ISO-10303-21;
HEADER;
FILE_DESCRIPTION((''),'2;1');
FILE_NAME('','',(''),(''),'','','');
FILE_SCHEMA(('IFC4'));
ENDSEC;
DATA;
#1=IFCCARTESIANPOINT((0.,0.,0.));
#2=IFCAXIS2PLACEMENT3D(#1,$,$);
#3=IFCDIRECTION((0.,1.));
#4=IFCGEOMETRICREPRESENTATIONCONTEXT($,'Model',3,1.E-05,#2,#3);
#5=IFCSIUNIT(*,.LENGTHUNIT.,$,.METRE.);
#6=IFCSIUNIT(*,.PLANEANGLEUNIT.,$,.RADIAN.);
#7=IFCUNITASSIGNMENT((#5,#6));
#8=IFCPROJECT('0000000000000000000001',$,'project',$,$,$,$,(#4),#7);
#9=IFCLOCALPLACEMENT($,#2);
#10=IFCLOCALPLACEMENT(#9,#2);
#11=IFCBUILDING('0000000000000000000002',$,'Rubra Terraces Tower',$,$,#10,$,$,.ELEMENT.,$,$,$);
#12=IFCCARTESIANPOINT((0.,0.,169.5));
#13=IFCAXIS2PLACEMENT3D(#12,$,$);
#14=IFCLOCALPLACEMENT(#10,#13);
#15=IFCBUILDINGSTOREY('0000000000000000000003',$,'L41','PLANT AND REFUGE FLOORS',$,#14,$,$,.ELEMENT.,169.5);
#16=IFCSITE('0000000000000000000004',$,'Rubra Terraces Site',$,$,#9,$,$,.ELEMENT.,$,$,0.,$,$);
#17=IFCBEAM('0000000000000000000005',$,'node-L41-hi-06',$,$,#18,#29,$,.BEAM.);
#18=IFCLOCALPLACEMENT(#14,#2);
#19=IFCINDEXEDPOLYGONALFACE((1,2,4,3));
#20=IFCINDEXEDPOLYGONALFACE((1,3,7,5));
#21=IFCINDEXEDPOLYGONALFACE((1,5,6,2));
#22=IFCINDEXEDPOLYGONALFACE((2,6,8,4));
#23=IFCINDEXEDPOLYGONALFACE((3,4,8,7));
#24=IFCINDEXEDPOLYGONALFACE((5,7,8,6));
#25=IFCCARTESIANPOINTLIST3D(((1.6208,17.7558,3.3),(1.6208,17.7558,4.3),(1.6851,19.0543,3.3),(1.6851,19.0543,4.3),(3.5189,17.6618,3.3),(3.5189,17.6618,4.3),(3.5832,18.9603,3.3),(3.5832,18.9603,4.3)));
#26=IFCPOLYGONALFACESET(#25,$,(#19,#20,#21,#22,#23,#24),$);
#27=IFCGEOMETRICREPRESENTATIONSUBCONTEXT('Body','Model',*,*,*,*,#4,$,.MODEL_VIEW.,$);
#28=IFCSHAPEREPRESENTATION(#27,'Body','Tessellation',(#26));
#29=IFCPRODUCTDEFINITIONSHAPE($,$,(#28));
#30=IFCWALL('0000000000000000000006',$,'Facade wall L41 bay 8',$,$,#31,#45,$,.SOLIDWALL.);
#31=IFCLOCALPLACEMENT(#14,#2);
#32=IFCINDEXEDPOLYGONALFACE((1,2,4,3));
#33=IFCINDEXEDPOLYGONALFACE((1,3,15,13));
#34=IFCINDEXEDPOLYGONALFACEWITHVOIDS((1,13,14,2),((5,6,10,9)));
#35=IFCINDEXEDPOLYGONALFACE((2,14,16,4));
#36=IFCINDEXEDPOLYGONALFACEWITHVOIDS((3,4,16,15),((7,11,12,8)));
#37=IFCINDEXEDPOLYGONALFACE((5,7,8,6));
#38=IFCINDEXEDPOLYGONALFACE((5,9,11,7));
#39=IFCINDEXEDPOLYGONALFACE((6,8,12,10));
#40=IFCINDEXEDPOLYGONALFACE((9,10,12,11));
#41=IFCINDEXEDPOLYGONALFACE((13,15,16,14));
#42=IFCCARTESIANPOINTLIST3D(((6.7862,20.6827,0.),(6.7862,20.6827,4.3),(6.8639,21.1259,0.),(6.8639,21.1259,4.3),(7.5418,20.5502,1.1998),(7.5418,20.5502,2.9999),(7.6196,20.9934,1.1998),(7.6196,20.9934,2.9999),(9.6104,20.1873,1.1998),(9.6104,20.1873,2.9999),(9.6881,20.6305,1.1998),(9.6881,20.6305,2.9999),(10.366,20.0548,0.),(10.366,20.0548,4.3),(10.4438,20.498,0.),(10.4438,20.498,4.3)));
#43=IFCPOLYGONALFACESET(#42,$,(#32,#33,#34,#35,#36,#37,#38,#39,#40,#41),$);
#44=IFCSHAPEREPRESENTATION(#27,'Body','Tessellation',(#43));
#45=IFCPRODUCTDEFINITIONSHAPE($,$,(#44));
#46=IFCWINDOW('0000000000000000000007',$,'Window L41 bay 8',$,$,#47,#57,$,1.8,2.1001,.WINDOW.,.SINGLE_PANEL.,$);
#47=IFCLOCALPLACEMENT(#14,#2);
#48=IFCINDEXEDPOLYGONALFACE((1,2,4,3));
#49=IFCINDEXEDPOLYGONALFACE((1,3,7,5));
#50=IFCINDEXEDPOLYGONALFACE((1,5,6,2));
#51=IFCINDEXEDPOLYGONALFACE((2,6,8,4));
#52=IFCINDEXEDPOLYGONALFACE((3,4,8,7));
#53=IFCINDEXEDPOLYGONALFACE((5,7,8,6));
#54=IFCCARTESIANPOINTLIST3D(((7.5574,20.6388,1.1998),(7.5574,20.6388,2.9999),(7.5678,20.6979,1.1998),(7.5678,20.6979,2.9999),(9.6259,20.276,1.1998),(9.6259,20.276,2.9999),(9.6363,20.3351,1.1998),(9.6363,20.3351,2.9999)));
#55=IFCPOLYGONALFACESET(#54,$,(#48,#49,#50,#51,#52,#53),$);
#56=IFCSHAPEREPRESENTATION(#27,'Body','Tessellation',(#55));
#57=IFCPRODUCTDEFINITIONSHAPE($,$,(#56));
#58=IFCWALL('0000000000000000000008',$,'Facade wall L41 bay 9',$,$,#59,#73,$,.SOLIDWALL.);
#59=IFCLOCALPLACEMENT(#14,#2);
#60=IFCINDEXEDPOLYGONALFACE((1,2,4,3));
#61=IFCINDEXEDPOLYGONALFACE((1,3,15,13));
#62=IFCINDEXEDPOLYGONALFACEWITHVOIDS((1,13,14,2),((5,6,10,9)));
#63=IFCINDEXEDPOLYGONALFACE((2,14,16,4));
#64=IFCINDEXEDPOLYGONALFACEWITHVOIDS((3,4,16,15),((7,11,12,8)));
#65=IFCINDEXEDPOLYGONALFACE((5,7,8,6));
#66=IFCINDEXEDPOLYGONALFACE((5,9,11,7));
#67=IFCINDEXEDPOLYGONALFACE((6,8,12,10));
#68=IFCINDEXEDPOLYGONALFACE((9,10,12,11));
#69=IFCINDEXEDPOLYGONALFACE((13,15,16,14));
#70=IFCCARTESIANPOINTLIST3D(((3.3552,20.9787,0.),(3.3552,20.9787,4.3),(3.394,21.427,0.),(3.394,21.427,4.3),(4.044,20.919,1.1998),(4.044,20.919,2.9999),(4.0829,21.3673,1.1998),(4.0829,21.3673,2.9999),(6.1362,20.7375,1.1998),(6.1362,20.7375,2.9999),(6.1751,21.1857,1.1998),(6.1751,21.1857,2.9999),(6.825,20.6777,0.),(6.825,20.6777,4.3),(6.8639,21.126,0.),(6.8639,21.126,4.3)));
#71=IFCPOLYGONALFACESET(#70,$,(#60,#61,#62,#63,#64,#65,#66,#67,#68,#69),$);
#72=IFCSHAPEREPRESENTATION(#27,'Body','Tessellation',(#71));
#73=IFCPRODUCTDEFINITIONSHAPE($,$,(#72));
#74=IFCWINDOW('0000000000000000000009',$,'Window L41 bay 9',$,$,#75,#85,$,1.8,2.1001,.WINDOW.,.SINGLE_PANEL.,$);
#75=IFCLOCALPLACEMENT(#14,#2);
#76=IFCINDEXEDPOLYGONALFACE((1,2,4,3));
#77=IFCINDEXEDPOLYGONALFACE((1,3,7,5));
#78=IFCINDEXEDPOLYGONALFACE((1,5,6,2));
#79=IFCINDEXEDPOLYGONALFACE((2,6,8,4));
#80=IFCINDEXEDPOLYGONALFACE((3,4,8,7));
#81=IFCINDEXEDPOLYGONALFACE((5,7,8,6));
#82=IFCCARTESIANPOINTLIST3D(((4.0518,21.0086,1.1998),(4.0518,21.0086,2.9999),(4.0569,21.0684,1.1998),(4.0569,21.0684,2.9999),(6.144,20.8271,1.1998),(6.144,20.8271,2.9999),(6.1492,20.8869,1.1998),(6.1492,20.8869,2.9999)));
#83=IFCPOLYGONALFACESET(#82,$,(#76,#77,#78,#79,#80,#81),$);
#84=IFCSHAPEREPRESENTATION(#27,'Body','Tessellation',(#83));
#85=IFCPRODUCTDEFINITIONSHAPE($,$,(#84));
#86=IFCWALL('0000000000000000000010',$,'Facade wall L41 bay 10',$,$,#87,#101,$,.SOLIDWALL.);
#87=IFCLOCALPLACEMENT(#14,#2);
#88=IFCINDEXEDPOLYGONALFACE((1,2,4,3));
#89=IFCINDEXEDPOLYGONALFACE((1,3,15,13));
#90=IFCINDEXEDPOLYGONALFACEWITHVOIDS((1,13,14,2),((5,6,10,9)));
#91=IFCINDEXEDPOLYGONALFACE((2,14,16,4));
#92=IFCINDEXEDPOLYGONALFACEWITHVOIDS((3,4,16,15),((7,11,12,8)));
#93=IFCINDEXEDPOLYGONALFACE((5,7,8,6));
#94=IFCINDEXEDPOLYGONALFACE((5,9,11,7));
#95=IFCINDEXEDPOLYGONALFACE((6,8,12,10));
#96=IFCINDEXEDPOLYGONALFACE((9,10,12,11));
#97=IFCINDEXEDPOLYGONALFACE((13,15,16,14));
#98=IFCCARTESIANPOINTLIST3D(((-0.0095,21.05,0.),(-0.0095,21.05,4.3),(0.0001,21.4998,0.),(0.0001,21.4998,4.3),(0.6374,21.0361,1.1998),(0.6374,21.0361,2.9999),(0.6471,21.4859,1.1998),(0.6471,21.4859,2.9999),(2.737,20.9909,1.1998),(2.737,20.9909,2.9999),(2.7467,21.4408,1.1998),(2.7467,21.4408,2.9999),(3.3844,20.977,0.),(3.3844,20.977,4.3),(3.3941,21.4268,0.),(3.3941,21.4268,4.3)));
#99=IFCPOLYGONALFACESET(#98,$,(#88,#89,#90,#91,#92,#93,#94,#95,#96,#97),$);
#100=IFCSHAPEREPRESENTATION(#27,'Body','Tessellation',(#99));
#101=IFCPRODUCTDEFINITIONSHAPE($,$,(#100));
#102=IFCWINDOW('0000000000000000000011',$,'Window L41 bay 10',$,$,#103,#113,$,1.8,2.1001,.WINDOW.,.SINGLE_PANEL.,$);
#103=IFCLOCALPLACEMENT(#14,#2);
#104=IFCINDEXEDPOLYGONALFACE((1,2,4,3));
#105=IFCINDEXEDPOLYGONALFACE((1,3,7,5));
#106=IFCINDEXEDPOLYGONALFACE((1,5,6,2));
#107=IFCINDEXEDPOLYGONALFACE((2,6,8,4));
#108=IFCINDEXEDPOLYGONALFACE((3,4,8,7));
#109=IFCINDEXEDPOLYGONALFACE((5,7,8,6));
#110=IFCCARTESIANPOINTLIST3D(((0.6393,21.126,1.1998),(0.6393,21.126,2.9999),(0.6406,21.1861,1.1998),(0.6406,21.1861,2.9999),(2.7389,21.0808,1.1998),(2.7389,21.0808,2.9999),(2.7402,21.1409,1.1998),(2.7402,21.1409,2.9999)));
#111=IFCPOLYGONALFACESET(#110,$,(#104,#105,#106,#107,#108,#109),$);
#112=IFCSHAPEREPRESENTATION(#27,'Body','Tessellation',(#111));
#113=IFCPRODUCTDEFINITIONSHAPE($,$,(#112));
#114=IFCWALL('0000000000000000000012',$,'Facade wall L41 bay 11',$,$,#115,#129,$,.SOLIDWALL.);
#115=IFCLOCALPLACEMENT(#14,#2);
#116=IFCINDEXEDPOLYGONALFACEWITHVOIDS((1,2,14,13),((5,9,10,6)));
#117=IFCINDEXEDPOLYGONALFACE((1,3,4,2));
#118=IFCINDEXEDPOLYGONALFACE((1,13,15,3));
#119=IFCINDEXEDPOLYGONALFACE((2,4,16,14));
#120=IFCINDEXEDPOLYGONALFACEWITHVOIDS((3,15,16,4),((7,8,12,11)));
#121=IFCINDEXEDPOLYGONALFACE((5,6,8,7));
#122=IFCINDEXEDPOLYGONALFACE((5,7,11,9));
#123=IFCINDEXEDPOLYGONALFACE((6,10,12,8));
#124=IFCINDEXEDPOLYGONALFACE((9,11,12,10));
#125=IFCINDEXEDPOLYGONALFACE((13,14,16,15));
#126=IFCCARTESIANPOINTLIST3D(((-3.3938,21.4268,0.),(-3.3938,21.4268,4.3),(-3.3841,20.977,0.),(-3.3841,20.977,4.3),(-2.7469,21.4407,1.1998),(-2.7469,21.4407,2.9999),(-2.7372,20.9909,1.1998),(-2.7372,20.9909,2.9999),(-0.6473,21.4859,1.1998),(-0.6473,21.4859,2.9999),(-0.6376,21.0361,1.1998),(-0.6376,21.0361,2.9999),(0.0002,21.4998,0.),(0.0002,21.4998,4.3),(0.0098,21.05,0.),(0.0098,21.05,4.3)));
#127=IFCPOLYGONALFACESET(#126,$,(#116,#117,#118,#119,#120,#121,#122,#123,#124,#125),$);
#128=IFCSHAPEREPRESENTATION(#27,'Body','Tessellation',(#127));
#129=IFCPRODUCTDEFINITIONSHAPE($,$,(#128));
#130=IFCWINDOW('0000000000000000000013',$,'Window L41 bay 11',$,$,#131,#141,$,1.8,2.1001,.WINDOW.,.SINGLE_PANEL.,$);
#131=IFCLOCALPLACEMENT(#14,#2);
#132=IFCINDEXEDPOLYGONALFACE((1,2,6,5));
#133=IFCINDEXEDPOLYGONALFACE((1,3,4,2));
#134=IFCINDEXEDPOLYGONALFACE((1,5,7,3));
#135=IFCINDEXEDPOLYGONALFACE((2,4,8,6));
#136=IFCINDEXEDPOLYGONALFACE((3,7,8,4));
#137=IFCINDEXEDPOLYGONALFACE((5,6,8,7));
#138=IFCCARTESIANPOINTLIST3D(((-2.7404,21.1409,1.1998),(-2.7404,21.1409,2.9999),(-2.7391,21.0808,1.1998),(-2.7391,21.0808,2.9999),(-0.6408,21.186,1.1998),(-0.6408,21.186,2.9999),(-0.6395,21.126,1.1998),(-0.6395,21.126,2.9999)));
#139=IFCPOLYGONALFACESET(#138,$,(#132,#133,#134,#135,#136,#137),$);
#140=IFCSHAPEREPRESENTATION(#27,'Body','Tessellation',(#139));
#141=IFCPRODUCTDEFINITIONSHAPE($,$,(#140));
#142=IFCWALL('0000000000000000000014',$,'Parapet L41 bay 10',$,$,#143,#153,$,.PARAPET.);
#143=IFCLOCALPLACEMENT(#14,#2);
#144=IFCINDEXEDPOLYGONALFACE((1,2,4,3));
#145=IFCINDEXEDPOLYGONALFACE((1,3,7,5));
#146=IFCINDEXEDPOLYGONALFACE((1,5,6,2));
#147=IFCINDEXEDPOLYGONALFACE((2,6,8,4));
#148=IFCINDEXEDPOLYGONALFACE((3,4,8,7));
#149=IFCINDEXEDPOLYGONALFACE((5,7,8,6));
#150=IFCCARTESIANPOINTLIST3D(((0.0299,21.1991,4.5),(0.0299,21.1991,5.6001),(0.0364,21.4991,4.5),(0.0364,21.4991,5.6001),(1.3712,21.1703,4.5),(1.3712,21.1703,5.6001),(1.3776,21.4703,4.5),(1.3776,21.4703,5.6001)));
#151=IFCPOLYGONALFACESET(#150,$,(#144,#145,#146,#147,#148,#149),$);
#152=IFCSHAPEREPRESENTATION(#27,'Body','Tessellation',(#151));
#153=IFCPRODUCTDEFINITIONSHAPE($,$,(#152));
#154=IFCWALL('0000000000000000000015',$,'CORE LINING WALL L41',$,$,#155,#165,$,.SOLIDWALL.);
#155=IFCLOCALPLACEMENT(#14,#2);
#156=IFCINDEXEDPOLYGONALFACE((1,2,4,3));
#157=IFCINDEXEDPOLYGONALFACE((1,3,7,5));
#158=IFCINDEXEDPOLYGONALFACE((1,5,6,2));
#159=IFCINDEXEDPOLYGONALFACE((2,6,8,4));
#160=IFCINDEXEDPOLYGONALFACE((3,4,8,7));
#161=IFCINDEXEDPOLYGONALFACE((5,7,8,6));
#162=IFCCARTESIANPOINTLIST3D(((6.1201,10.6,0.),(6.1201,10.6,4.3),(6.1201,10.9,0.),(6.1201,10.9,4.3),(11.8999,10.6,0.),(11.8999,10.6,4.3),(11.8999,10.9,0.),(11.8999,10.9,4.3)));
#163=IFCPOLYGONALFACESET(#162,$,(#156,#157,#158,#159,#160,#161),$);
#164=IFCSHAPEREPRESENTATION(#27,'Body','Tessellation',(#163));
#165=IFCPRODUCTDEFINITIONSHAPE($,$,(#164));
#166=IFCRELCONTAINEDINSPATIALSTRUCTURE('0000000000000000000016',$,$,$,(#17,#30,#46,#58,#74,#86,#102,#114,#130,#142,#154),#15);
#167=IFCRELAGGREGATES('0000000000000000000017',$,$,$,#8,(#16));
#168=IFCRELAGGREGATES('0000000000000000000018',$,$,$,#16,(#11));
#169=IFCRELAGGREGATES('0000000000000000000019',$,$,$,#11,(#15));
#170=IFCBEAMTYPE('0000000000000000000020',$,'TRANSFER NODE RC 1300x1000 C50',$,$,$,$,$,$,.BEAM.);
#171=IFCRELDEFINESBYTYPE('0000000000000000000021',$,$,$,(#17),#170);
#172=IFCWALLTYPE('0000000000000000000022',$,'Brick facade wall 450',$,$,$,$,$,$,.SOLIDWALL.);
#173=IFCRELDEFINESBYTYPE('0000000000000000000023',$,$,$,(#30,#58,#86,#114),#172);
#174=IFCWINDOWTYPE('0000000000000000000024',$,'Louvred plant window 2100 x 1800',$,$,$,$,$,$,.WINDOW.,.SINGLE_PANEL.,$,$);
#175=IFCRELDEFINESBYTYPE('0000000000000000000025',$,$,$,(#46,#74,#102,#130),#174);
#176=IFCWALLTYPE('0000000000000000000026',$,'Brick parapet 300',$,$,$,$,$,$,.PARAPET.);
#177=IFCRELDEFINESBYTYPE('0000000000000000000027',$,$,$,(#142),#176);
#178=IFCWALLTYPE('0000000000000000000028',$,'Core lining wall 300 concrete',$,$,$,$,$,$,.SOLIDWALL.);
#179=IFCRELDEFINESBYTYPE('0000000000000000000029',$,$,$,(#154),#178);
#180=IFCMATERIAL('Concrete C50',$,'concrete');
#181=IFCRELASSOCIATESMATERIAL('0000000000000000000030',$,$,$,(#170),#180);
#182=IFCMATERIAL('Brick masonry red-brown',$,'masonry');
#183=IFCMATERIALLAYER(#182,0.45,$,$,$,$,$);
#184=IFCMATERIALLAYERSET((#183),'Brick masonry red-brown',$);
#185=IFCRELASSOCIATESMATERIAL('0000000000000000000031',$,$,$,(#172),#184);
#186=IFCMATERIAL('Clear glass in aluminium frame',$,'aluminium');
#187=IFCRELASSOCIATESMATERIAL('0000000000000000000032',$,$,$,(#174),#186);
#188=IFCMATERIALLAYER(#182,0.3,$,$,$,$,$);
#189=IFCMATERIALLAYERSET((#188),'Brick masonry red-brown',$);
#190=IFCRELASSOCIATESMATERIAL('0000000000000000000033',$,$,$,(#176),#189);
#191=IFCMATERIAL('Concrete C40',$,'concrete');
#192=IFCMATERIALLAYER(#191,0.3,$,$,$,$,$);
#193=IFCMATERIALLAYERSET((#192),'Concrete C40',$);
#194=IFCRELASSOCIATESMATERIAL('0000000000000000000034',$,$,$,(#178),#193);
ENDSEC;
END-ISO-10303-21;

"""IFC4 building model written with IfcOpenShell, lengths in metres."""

from ifc_helpers import new_model, si_unit, direction, frame, frame_2d, origin, origin_2d, place, context, subcontext, project, spatial, rectangle, extrude, material, layer, layer_set, material_profile, profile_set, type_object, element, fill, save


model = new_model("IFC4")

# Units and contexts
model_context = context("Model", 3, precision=1e-05, world=origin(), true_north=direction((0.0, 1.0)))
body_context = subcontext(model_context, "Body", "Model", "MODEL_VIEW")
ifc_project = project(units=[si_unit("LENGTHUNIT", "METRE"), si_unit("PLANEANGLEUNIT", "RADIAN")], contexts=[model_context])

# Site, building, storey
site_placement = place(None, origin())
site = spatial("IfcSite", under=ifc_project, at=site_placement, Name="Rubra Terraces Site", CompositionType="ELEMENT", RefElevation=0.0)
building_placement = place(site_placement, origin())
building = spatial("IfcBuilding", under=site, at=building_placement, Name="Rubra Terraces Tower", CompositionType="ELEMENT")
storey_placement = place(building_placement, frame((0.0, 0.0, 169.5)))
storey = spatial("IfcBuildingStorey", under=building, at=storey_placement, Name="L41", Description="PLANT AND REFUGE FLOORS", CompositionType="ELEMENT", Elevation=169.5)

# Shared definitions
ifc_material_1 = material(Name="Concrete C50", Category="concrete")

# Beam
ifc_material_profile_1 = material_profile(ifc_material_1, rectangle(XDim=1.3, YDim=1.0, at=origin_2d()), Name="RC 1300x1000")
ifc_profile_set_1 = profile_set([ifc_material_profile_1], Name="Concrete C50")
beam_type_1 = type_object("IfcBeamType", Name="TRANSFER NODE RC 1300x1000 C50", PredefinedType="BEAM", material=ifc_profile_set_1)
beam_1_placement = place(storey_placement, frame((3.551, 18.311, 3.8), z_axis=(-0.998776, 0.049463, 0.0), x_axis=(-0.049463, -0.998776, 0.0)))
element("IfcBeam", 1, at=beam_1_placement, inside=storey, type_object=beam_type_1, Name="node-L41-hi-06", PredefinedType="BEAM", context=body_context, shape_type="SweptSolid", body=[
    extrude(rectangle(XDim=1.3, YDim=1.0, at=origin_2d()), origin(), (0.0, 0.0, 1.0), 1.9004),
])

# Walls, openings, windows
ifc_material_2 = material(Name="Brick masonry red-brown", Category="masonry")
ifc_layer_1 = layer(ifc_material_2, 0.45)
ifc_layer_set_1 = layer_set([ifc_layer_1], Name="Brick masonry red-brown")
wall_type_1 = type_object("IfcWallType", Name="Brick facade wall 450", PredefinedType="SOLIDWALL", material=ifc_layer_set_1)
wall_1_placement = place(storey_placement, frame((10.405, 20.2764, 0.0), z_axis=(0.0, 0.0, 1.0), x_axis=(-0.984962, 0.17277, 0.0)))
wall_1 = element("IfcWall", 2, at=wall_1_placement, inside=storey, type_object=wall_type_1, Name="Facade wall L41 bay 8", PredefinedType="SOLIDWALL", context=body_context, shape_type="SweptSolid", body=[
    extrude(rectangle(XDim=3.6345, YDim=0.45, at=frame_2d((1.8174, 0.0))), origin(), (0.0, 0.0, 1.0), 4.3),
])
opening_1_placement = place(wall_1_placement, frame((0.7673, 0.0, 1.2)))
opening_1 = element("IfcOpeningElement", 3, at=opening_1_placement, cuts=wall_1, PredefinedType="OPENING", context=body_context, shape_type="SweptSolid", body=[
    extrude(rectangle(XDim=2.1001, YDim=1.8, at=frame_2d((1.05, 0.8999))), frame((0.0, 0.2349, 0.0), z_axis=(0.0, -1.0, 0.0), x_axis=(1.0, 0.0, 0.0)), (0.0, 0.0, 1.0), 0.47),
])
ifc_material_3 = material(Name="Clear glass in aluminium frame", Category="aluminium")
window_type = type_object("IfcWindowType", Name="Louvred plant window 2100 x 1800", PartitioningType="SINGLE_PANEL", PredefinedType="WINDOW", material=ifc_material_3)
window_1_placement = place(opening_1_placement, origin())
window_1 = element("IfcWindow", 4, at=window_1_placement, inside=storey, type_object=window_type, Name="Window L41 bay 8", OverallHeight=1.8, OverallWidth=2.1001, PartitioningType="SINGLE_PANEL", PredefinedType="WINDOW", context=body_context, shape_type="SweptSolid", body=[
    extrude(rectangle(XDim=2.1001, YDim=1.8, at=frame_2d((1.05, 0.8999))), frame((0.0, 0.135, 0.0), z_axis=(0.0, -1.0, 0.0), x_axis=(1.0, 0.0, 0.0)), (0.0, 0.0, 1.0), 0.0601),
])
fill(opening_1, window_1)
wall_2_placement = place(storey_placement, frame((6.8445, 20.9019, 0.0), z_axis=(0.0, 0.0, 1.0), x_axis=(-0.996258, 0.086427, 0.0)))
wall_2 = element("IfcWall", 5, at=wall_2_placement, inside=storey, type_object=wall_type_1, Name="Facade wall L41 bay 9", PredefinedType="SOLIDWALL", context=body_context, shape_type="SweptSolid", body=[
    extrude(rectangle(XDim=3.4829, YDim=0.45, at=frame_2d((1.7415, 0.0))), origin(), (0.0, 0.0, 1.0), 4.3),
])
opening_2_placement = place(wall_2_placement, frame((0.6914, 0.0, 1.2)))
opening_2 = element("IfcOpeningElement", 6, at=opening_2_placement, cuts=wall_2, PredefinedType="OPENING", context=body_context, shape_type="SweptSolid", body=[
    extrude(rectangle(XDim=2.1001, YDim=1.8, at=frame_2d((1.05, 0.8999))), frame((0.0, 0.2349, 0.0), z_axis=(0.0, -1.0, 0.0), x_axis=(1.0, 0.0, 0.0)), (0.0, 0.0, 1.0), 0.47),
])
window_2_placement = place(opening_2_placement, origin())
window_2 = element("IfcWindow", 7, at=window_2_placement, inside=storey, type_object=window_type, Name="Window L41 bay 9", OverallHeight=1.8, OverallWidth=2.1001, PartitioningType="SINGLE_PANEL", PredefinedType="WINDOW", context=body_context, shape_type="SweptSolid", body=[
    extrude(rectangle(XDim=2.1001, YDim=1.8, at=frame_2d((1.05, 0.8999))), frame((0.0, 0.135, 0.0), z_axis=(0.0, -1.0, 0.0), x_axis=(1.0, 0.0, 0.0)), (0.0, 0.0, 1.0), 0.0601),
])
fill(opening_2, window_2)
wall_3_placement = place(storey_placement, frame((3.3892, 21.2019, 0.0), z_axis=(0.0, 0.0, 1.0), x_axis=(-0.999769, 0.021503, 0.0)))
wall_3 = element("IfcWall", 8, at=wall_3_placement, inside=storey, type_object=wall_type_1, Name="Facade wall L41 bay 10", PredefinedType="SOLIDWALL", context=body_context, shape_type="SweptSolid", body=[
    extrude(rectangle(XDim=3.3948, YDim=0.45, at=frame_2d((1.6973, 0.0))), origin(), (0.0, 0.0, 1.0), 4.3),
])
opening_3_placement = place(wall_3_placement, frame((0.6475, 0.0, 1.2)))
opening_3 = element("IfcOpeningElement", 9, at=opening_3_placement, cuts=wall_3, PredefinedType="OPENING", context=body_context, shape_type="SweptSolid", body=[
    extrude(rectangle(XDim=2.1001, YDim=1.8, at=frame_2d((1.05, 0.8999))), frame((0.0, 0.2349, 0.0), z_axis=(0.0, -1.0, 0.0), x_axis=(1.0, 0.0, 0.0)), (0.0, 0.0, 1.0), 0.47),
])
window_3_placement = place(opening_3_placement, origin())
window_3 = element("IfcWindow", 10, at=window_3_placement, inside=storey, type_object=window_type, Name="Window L41 bay 10", OverallHeight=1.8, OverallWidth=2.1001, PartitioningType="SINGLE_PANEL", PredefinedType="WINDOW", context=body_context, shape_type="SweptSolid", body=[
    extrude(rectangle(XDim=2.1001, YDim=1.8, at=frame_2d((1.05, 0.8999))), frame((0.0, 0.135, 0.0), z_axis=(0.0, -1.0, 0.0), x_axis=(1.0, 0.0, 0.0)), (0.0, 0.0, 1.0), 0.0601),
])
fill(opening_3, window_3)
wall_4_placement = place(storey_placement, frame((0.0049, 21.2749, 0.0), z_axis=(0.0, 0.0, 1.0), x_axis=(-0.999769, -0.021503, 0.0)))
wall_4 = element("IfcWall", 11, at=wall_4_placement, inside=storey, type_object=wall_type_1, Name="Facade wall L41 bay 11", PredefinedType="SOLIDWALL", context=body_context, shape_type="SweptSolid", body=[
    extrude(rectangle(XDim=3.3948, YDim=0.45, at=frame_2d((1.6973, 0.0))), origin(), (0.0, 0.0, 1.0), 4.3),
])
opening_4_placement = place(wall_4_placement, frame((0.6475, 0.0, 1.2)))
opening_4 = element("IfcOpeningElement", 12, at=opening_4_placement, cuts=wall_4, PredefinedType="OPENING", context=body_context, shape_type="SweptSolid", body=[
    extrude(rectangle(XDim=2.1001, YDim=1.8, at=frame_2d((1.05, 0.8999))), frame((0.0, 0.2349, 0.0), z_axis=(0.0, -1.0, 0.0), x_axis=(1.0, 0.0, 0.0)), (0.0, 0.0, 1.0), 0.47),
])
window_4_placement = place(opening_4_placement, origin())
window_4 = element("IfcWindow", 13, at=window_4_placement, inside=storey, type_object=window_type, Name="Window L41 bay 11", OverallHeight=1.8, OverallWidth=2.1001, PartitioningType="SINGLE_PANEL", PredefinedType="WINDOW", context=body_context, shape_type="SweptSolid", body=[
    extrude(rectangle(XDim=2.1001, YDim=1.8, at=frame_2d((1.05, 0.8999))), frame((0.0, 0.135, 0.0), z_axis=(0.0, -1.0, 0.0), x_axis=(1.0, 0.0, 0.0)), (0.0, 0.0, 1.0), 0.0601),
])
fill(opening_4, window_4)

# Walls
ifc_layer_2 = layer(ifc_material_2, 0.3)
ifc_layer_set_2 = layer_set([ifc_layer_2], Name="Brick masonry red-brown")
wall_type_2 = type_object("IfcWallType", Name="Brick parapet 300", PredefinedType="PARAPET", material=ifc_layer_set_2)
wall_5_placement = place(storey_placement, frame((1.3745, 21.3203, 4.5), z_axis=(0.0, 0.0, 1.0), x_axis=(-0.999769, 0.021473, 0.0)))
element("IfcWall", 14, at=wall_5_placement, inside=storey, type_object=wall_type_2, Name="Parapet L41 bay 10", PredefinedType="PARAPET", context=body_context, shape_type="SweptSolid", body=[
    extrude(rectangle(XDim=1.3416, YDim=0.3, at=frame_2d((0.6709, 0.0))), origin(), (0.0, 0.0, 1.0), 1.1001),
])
ifc_material_4 = material(Name="Concrete C40", Category="concrete")
ifc_layer_3 = layer(ifc_material_4, 0.3)
ifc_layer_set_3 = layer_set([ifc_layer_3], Name="Concrete C40")
wall_type_3 = type_object("IfcWallType", Name="Core lining wall 300 concrete", PredefinedType="SOLIDWALL", material=ifc_layer_set_3)
wall_6_placement = place(storey_placement, frame((11.8999, 10.75, 0.0), z_axis=(0.0, 0.0, 1.0), x_axis=(-1.0, 0.0, 0.0)))
element("IfcWall", 15, at=wall_6_placement, inside=storey, type_object=wall_type_3, Name="CORE LINING WALL L41", PredefinedType="SOLIDWALL", context=body_context, shape_type="SweptSolid", body=[
    extrude(rectangle(XDim=5.7798, YDim=0.3, at=frame_2d((2.8899, 0.0))), origin(), (0.0, 0.0, 1.0), 4.3),
])

save(model, "model.ifc")
